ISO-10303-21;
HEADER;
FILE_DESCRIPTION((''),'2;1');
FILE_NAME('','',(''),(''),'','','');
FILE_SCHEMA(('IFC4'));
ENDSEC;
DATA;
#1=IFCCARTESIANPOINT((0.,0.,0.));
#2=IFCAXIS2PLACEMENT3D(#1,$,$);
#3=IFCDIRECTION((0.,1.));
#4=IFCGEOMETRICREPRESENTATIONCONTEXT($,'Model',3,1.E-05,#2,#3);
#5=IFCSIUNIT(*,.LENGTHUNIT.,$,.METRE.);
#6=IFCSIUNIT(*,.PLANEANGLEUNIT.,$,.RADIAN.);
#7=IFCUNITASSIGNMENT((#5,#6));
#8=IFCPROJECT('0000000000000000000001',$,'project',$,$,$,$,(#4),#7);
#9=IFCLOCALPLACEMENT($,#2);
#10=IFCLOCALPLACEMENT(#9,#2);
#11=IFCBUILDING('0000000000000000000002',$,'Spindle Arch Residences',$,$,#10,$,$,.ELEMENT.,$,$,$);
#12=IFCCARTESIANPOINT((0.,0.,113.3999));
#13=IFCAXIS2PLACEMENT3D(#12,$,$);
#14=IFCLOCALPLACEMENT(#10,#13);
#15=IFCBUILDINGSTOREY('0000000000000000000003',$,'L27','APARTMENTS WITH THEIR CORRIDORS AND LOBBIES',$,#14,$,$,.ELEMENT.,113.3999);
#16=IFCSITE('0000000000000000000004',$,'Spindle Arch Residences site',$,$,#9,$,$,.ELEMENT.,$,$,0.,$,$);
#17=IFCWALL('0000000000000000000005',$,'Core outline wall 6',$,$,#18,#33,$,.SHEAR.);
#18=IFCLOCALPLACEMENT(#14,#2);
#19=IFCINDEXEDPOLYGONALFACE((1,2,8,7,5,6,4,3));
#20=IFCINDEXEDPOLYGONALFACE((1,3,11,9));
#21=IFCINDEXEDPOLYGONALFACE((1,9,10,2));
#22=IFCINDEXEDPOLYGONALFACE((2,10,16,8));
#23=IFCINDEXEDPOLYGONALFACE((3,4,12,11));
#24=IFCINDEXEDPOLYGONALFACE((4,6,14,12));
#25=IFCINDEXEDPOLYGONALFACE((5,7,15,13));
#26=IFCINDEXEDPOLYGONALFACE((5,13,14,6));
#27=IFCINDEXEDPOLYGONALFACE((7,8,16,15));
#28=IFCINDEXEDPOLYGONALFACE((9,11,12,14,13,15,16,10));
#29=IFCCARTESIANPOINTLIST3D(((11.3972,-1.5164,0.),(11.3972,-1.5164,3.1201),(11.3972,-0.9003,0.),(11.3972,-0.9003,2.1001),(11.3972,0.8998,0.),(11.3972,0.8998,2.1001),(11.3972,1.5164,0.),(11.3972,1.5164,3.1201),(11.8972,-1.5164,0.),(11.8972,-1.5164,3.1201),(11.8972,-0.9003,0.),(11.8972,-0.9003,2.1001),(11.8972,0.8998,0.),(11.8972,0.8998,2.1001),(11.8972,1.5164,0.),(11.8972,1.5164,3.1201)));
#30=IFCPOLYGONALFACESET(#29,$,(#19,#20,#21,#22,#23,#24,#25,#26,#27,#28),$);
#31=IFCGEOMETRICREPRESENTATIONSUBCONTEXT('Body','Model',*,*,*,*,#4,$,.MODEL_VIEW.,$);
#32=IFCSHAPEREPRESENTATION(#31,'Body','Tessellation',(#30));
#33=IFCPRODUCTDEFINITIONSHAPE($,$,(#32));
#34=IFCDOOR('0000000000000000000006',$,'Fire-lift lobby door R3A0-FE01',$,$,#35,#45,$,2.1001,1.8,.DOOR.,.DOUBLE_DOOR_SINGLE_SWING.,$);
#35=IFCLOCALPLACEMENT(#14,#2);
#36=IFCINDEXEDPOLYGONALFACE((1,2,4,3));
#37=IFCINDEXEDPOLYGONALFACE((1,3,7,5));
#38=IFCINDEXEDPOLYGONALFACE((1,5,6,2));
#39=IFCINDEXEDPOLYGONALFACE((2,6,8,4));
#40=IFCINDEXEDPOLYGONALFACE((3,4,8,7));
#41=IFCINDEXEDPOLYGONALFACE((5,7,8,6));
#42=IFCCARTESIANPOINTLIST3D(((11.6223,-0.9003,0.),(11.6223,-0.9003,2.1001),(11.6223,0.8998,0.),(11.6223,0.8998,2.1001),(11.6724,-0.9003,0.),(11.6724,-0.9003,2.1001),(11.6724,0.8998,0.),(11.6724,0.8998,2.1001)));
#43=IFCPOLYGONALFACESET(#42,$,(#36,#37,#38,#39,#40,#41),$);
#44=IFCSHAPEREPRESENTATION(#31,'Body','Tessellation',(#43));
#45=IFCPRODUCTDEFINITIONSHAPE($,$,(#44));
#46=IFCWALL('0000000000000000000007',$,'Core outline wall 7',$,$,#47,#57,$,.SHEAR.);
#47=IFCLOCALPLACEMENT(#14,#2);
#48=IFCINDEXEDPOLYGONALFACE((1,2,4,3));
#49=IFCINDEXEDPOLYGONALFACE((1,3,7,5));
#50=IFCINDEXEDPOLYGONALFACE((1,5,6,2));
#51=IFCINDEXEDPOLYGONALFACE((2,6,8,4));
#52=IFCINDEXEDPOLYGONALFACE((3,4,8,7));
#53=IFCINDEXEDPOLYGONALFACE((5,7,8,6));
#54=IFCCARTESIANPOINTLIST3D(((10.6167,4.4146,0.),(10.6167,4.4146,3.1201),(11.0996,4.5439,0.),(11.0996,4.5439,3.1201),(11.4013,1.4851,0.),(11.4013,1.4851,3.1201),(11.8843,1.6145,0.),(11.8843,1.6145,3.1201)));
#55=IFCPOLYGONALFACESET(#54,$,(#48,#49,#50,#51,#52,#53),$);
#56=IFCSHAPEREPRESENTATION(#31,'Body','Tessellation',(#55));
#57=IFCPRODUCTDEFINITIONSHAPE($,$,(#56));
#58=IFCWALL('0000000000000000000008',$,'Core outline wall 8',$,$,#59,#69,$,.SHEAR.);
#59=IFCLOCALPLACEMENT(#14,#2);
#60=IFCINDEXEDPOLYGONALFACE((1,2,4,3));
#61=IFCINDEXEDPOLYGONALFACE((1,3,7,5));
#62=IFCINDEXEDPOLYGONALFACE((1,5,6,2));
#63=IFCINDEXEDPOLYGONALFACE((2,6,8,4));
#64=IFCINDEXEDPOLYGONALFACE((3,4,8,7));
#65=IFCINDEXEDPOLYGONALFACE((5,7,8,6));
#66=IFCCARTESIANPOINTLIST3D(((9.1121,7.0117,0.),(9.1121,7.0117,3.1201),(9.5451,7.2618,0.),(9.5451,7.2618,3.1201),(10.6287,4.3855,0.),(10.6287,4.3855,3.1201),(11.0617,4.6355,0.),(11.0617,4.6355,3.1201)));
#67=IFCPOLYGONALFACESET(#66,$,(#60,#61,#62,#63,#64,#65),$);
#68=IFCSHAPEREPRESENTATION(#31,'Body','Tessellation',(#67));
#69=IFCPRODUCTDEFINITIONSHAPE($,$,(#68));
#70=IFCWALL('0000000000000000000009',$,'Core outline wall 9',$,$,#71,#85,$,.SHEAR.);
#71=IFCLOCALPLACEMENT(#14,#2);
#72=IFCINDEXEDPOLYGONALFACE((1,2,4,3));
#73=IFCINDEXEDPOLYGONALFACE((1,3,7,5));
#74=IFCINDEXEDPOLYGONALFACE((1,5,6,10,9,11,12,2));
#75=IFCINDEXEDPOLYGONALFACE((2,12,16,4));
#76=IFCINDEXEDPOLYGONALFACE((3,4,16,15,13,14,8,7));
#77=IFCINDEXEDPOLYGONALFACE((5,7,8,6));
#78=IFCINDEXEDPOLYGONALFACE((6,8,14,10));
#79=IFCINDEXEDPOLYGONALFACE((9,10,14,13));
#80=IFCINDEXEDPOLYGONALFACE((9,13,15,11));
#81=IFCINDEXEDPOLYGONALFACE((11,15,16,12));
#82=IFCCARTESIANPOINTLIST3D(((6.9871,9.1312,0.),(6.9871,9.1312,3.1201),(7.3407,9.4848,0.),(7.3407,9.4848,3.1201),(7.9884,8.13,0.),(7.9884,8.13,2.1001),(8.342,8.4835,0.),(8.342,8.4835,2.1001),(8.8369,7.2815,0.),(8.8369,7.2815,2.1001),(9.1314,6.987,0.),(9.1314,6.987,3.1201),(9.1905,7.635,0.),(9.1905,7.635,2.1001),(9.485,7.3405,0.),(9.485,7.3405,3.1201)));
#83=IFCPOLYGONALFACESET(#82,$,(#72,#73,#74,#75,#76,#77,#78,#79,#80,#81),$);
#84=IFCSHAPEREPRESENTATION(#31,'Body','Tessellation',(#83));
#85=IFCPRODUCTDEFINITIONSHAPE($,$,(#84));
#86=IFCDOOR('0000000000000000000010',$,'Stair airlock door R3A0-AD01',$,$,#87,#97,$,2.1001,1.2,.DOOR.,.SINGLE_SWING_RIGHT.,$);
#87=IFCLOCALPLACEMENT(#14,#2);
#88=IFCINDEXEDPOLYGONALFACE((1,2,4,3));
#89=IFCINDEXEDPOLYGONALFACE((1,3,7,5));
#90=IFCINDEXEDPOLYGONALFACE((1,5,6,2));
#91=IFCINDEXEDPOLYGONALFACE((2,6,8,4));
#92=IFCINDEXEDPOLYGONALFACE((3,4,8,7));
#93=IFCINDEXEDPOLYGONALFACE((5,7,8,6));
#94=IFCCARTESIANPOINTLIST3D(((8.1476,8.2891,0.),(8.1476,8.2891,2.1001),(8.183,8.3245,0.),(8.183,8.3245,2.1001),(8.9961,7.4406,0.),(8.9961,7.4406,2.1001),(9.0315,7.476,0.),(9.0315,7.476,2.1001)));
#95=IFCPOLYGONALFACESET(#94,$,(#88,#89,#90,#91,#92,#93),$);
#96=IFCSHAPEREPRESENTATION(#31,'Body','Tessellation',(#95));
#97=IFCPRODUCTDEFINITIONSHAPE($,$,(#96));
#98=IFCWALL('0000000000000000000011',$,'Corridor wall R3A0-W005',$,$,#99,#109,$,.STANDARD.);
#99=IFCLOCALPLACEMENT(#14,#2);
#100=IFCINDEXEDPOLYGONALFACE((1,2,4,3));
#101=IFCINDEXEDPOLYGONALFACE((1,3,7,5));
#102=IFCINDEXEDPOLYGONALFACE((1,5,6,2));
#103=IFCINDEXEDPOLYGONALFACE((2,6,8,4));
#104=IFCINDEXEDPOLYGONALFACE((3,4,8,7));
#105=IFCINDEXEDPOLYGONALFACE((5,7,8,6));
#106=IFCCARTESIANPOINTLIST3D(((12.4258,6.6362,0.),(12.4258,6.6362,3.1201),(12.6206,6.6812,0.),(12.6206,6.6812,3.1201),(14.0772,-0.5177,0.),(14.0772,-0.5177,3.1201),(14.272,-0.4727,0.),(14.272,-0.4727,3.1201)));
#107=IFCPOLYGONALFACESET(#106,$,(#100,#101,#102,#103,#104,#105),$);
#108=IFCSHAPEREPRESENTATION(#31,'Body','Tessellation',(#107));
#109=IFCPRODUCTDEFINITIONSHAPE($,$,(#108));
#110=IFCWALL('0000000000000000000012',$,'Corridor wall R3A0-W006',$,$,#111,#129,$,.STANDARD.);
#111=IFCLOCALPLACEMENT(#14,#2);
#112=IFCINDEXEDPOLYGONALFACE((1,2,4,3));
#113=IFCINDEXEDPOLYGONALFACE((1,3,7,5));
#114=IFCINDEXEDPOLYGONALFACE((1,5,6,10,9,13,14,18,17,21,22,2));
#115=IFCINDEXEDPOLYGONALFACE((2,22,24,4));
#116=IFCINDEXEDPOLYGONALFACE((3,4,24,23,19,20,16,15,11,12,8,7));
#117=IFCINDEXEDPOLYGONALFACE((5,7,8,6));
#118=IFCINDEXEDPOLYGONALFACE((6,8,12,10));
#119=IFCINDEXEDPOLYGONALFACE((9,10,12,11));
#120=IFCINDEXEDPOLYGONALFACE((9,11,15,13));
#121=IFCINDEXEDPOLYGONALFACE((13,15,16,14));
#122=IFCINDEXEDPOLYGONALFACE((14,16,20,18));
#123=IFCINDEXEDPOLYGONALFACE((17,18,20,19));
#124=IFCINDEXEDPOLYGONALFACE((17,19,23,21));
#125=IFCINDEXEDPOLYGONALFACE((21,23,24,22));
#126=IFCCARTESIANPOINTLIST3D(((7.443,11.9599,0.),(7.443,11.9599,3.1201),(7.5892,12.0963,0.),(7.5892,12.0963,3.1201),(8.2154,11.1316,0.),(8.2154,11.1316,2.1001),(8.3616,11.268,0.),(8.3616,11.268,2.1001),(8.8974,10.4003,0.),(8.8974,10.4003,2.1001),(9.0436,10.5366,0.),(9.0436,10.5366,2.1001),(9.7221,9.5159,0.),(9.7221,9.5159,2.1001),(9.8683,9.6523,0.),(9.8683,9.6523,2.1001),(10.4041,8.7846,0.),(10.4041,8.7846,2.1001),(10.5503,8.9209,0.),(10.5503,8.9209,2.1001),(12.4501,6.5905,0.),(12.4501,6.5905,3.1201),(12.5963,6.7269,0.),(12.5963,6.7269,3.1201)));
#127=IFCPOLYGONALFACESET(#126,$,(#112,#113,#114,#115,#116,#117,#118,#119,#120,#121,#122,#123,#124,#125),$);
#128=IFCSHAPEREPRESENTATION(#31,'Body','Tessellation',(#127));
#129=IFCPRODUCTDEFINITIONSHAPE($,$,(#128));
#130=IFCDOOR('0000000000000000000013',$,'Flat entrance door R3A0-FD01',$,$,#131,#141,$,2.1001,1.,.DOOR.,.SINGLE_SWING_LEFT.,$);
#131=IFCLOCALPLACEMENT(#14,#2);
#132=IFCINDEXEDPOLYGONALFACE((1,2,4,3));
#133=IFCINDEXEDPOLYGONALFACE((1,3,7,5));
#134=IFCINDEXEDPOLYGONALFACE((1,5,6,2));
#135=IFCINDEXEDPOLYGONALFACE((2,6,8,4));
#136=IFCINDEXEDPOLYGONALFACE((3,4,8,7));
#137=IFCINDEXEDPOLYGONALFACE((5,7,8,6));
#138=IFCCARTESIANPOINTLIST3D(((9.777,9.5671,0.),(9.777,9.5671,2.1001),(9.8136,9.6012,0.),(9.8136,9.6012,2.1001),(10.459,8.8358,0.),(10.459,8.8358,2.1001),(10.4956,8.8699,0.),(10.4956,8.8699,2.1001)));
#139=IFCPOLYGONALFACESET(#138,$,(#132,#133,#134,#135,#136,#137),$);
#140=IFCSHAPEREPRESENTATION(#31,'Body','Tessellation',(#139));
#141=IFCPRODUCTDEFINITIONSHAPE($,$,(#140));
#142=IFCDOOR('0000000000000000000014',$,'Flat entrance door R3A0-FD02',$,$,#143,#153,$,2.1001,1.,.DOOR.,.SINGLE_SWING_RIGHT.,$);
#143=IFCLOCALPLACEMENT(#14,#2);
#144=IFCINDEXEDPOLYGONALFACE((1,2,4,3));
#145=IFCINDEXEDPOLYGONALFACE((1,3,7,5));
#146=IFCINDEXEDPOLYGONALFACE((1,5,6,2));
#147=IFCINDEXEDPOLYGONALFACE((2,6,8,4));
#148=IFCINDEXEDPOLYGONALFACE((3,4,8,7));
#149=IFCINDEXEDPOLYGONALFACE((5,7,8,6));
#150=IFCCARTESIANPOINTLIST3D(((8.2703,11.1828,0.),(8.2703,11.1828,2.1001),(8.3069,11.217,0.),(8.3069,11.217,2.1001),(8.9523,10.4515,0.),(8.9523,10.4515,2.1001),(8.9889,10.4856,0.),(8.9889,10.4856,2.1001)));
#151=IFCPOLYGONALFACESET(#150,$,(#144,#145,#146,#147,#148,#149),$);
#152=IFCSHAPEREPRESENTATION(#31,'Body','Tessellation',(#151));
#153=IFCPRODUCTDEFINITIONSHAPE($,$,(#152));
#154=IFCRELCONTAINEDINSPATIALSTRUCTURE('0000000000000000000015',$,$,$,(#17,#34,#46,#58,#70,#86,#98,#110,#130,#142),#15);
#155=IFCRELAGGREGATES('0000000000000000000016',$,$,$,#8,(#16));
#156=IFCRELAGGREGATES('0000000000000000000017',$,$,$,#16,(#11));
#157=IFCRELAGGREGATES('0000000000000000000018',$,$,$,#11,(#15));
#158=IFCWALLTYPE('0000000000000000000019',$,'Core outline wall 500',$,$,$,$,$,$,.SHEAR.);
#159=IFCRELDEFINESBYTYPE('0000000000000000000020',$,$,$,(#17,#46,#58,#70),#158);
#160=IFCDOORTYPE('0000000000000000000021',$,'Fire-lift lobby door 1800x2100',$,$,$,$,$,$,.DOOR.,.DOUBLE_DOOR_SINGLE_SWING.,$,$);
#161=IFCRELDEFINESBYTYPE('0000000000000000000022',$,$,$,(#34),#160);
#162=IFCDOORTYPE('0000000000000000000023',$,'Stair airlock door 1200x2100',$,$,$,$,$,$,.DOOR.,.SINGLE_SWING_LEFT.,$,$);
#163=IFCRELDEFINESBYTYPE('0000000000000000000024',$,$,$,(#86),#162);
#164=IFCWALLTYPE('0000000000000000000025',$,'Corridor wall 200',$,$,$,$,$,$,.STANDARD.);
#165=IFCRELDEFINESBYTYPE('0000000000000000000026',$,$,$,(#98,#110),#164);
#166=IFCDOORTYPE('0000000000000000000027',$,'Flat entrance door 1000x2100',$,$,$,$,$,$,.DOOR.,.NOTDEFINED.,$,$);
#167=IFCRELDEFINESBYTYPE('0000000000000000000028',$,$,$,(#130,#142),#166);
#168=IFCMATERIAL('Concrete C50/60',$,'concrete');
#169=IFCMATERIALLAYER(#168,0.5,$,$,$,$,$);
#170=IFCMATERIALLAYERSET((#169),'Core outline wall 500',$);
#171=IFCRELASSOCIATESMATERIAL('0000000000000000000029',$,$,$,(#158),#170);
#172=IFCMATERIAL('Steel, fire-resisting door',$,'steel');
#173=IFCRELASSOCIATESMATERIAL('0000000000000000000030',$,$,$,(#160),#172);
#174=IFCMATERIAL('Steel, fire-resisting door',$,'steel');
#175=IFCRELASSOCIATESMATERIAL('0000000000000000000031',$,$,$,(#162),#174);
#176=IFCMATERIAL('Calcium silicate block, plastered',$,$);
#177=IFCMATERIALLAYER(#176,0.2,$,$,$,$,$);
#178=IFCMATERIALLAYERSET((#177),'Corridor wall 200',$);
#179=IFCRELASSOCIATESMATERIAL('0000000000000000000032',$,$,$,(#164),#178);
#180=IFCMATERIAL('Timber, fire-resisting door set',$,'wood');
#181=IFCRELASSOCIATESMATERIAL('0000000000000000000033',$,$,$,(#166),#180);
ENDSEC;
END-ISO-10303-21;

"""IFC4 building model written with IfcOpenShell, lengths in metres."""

from ifc_helpers import new_model, si_unit, direction, frame, frame_2d, origin, place, context, subcontext, project, spatial, rectangle, extrude, material, layer, layer_set, type_object, element, fill, save


model = new_model("IFC4")

# Units and contexts
model_context = context("Model", 3, precision=1e-05, world=origin(), true_north=direction((0.0, 1.0)))
body_context = subcontext(model_context, "Body", "Model", "MODEL_VIEW")
ifc_project = project(units=[si_unit("LENGTHUNIT", "METRE"), si_unit("PLANEANGLEUNIT", "RADIAN")], contexts=[model_context])

# Site, building, storey
site_placement = place(None, origin())
site = spatial("IfcSite", under=ifc_project, at=site_placement, Name="Spindle Arch Residences site", CompositionType="ELEMENT", RefElevation=0.0)
building_placement = place(site_placement, origin())
building = spatial("IfcBuilding", under=site, at=building_placement, Name="Spindle Arch Residences", CompositionType="ELEMENT")
storey_placement = place(building_placement, frame((0.0, 0.0, 113.3999)))
storey = spatial("IfcBuildingStorey", under=building, at=storey_placement, Name="L27", Description="APARTMENTS WITH THEIR CORRIDORS AND LOBBIES", CompositionType="ELEMENT", Elevation=113.3999)

# Wall, opening, door
ifc_material_1 = material(Name="Concrete C50/60", Category="concrete")
ifc_layer_1 = layer(ifc_material_1, 0.5)
ifc_layer_set_1 = layer_set([ifc_layer_1], Name="Core outline wall 500")
wall_type_1 = type_object("IfcWallType", Name="Core outline wall 500", PredefinedType="SHEAR", material=ifc_layer_set_1)
wall_1_placement = place(storey_placement, frame((11.6472, -1.5164, 0.0), z_axis=(0.0, 0.0, 1.0), x_axis=(0.0, 1.0, 0.0)))
wall_1 = element("IfcWall", 1, at=wall_1_placement, inside=storey, type_object=wall_type_1, Name="Core outline wall 6", PredefinedType="SHEAR", context=body_context, shape_type="SweptSolid", body=[
    extrude(rectangle(XDim=3.0327, YDim=0.5, at=frame_2d((1.5164, 0.0))), origin(), (0.0, 0.0, 1.0), 3.1201),
])
opening_1_placement = place(wall_1_placement, frame((0.6162, 0.0, 0.0)))
opening_1 = element("IfcOpeningElement", 2, at=opening_1_placement, cuts=wall_1, PredefinedType="OPENING", context=body_context, shape_type="SweptSolid", body=[
    extrude(rectangle(XDim=1.8, YDim=2.1001, at=frame_2d((0.8999, 1.05))), frame((0.0, 0.26, 0.0), z_axis=(0.0, -1.0, 0.0), x_axis=(1.0, 0.0, 0.0)), (0.0, 0.0, 1.0), 0.52),
])
ifc_material_2 = material(Name="Steel, fire-resisting door", Category="steel")
door_type_1 = type_object("IfcDoorType", Name="Fire-lift lobby door 1800x2100", OperationType="DOUBLE_DOOR_SINGLE_SWING", PredefinedType="DOOR", material=ifc_material_2)
door_1_placement = place(opening_1_placement, origin())
door_1 = element("IfcDoor", 3, at=door_1_placement, inside=storey, type_object=door_type_1, Name="Fire-lift lobby door R3A0-FE01", OperationType="DOUBLE_DOOR_SINGLE_SWING", OverallHeight=2.1001, OverallWidth=1.8, PredefinedType="DOOR", context=body_context, shape_type="SweptSolid", body=[
    extrude(rectangle(XDim=1.8, YDim=2.1001, at=frame_2d((0.8999, 1.05))), frame((0.0, 0.0249, 0.0), z_axis=(0.0, -1.0, 0.0), x_axis=(1.0, 0.0, 0.0)), (0.0, 0.0, 1.0), 0.05),
])
fill(opening_1, door_1)

# Walls
for number, where, z_axis, x_axis, name in (
    (4, (11.6428, 1.5498, 0.0), (0.0, 0.0, 1.0), (-0.258735, 0.965948, 0.0), "Core outline wall 7"),
    (5, (10.8452, 4.5105, 0.0), (0.0, 0.0, 1.0), (-0.500087, 0.865975, 0.0), "Core outline wall 8"),
):
    element("IfcWall", number, at=place(storey_placement, frame(where, z_axis=z_axis, x_axis=x_axis)), inside=storey, type_object=wall_type_1, Name=name, PredefinedType="SHEAR", context=body_context, shape_type="SweptSolid", body=[
        extrude(rectangle(XDim=3.0327, YDim=0.5, at=frame_2d((1.5164, 0.0))), origin(), (0.0, 0.0, 1.0), 3.1201),
    ])

# Wall, opening, door
wall_2_placement = place(storey_placement, frame((9.3081, 7.1638, 0.0), z_axis=(0.0, 0.0, 1.0), x_axis=(-0.707107, 0.707107, 0.0)))
wall_2 = element("IfcWall", 6, at=wall_2_placement, inside=storey, type_object=wall_type_1, Name="Core outline wall 9", PredefinedType="SHEAR", context=body_context, shape_type="SweptSolid", body=[
    extrude(rectangle(XDim=3.0325, YDim=0.5, at=frame_2d((1.5161, 0.0))), origin(), (0.0, 0.0, 1.0), 3.1201),
])
opening_2_placement = place(wall_2_placement, frame((0.4163, 0.0, 0.0)))
opening_2 = element("IfcOpeningElement", 7, at=opening_2_placement, cuts=wall_2, PredefinedType="OPENING", context=body_context, shape_type="SweptSolid", body=[
    extrude(rectangle(XDim=1.2, YDim=2.1001, at=frame_2d((0.6001, 1.05))), frame((0.0, 0.26, 0.0), z_axis=(0.0, -1.0, 0.0), x_axis=(1.0, 0.0, 0.0)), (0.0, 0.0, 1.0), 0.52),
])
ifc_material_3 = material(Name="Steel, fire-resisting door", Category="steel")
door_type_2 = type_object("IfcDoorType", Name="Stair airlock door 1200x2100", OperationType="SINGLE_SWING_LEFT", PredefinedType="DOOR", material=ifc_material_3)
door_2_placement = place(opening_2_placement, origin())
door_2 = element("IfcDoor", 8, at=door_2_placement, inside=storey, type_object=door_type_2, Name="Stair airlock door R3A0-AD01", OperationType="SINGLE_SWING_RIGHT", OverallHeight=2.1001, OverallWidth=1.2, PredefinedType="DOOR", context=body_context, shape_type="SweptSolid", body=[
    extrude(rectangle(XDim=1.2, YDim=2.1001, at=frame_2d((0.6001, 1.05))), frame((0.0, 0.0249, 0.0), z_axis=(0.0, -1.0, 0.0), x_axis=(1.0, 0.0, 0.0)), (0.0, 0.0, 1.0), 0.05),
])
fill(opening_2, door_2)

# Wall
ifc_material_4 = material(Name="Calcium silicate block, plastered")
ifc_layer_2 = layer(ifc_material_4, 0.2)
ifc_layer_set_2 = layer_set([ifc_layer_2], Name="Corridor wall 200")
wall_type_2 = type_object("IfcWallType", Name="Corridor wall 200", PredefinedType="STANDARD", material=ifc_layer_set_2)
wall_3_placement = place(storey_placement, frame((14.1746, -0.4951, 0.0), z_axis=(0.0, 0.0, 1.0), x_axis=(-0.224923, 0.974377, 0.0)))
element("IfcWall", 9, at=wall_3_placement, inside=storey, type_object=wall_type_2, Name="Corridor wall R3A0-W005", PredefinedType="STANDARD", context=body_context, shape_type="SweptSolid", body=[
    extrude(rectangle(XDim=7.342, YDim=0.2, at=frame_2d((3.6709, 0.0))), origin(), (0.0, 0.0, 1.0), 3.1201),
])

# Wall, openings, doors
wall_4_placement = place(storey_placement, frame((12.5232, 6.6587, 0.0), z_axis=(0.0, 0.0, 1.0), x_axis=(-0.682002, 0.73135, 0.0)))
wall_4 = element("IfcWall", 10, at=wall_4_placement, inside=storey, type_object=wall_type_2, Name="Corridor wall R3A0-W006", PredefinedType="STANDARD", context=body_context, shape_type="SweptSolid", body=[
    extrude(rectangle(XDim=7.3418, YDim=0.2, at=frame_2d((3.6709, 0.0))), origin(), (0.0, 0.0, 1.0), 3.1201),
])
opening_3_placement = place(wall_4_placement, frame((3.0, 0.0, 0.0)))
opening_3 = element("IfcOpeningElement", 11, at=opening_3_placement, cuts=wall_4, PredefinedType="OPENING", context=body_context, shape_type="SweptSolid", body=[
    extrude(rectangle(XDim=1.0, YDim=2.1001, at=frame_2d((0.5, 1.05))), frame((0.0, 0.1099, 0.0), z_axis=(0.0, -1.0, 0.0), x_axis=(1.0, 0.0, 0.0)), (0.0, 0.0, 1.0), 0.22),
])
opening_4_placement = place(wall_4_placement, frame((5.2092, 0.0, 0.0)))
opening_4 = element("IfcOpeningElement", 12, at=opening_4_placement, cuts=wall_4, PredefinedType="OPENING", context=body_context, shape_type="SweptSolid", body=[
    extrude(rectangle(XDim=1.0, YDim=2.1001, at=frame_2d((0.5, 1.05))), frame((0.0, 0.1099, 0.0), z_axis=(0.0, -1.0, 0.0), x_axis=(1.0, 0.0, 0.0)), (0.0, 0.0, 1.0), 0.22),
])
ifc_material_5 = material(Name="Timber, fire-resisting door set", Category="wood")
door_type_3 = type_object("IfcDoorType", Name="Flat entrance door 1000x2100", OperationType="NOTDEFINED", PredefinedType="DOOR", material=ifc_material_5)
door_3_placement = place(opening_3_placement, origin())
door_3 = element("IfcDoor", 13, at=door_3_placement, inside=storey, type_object=door_type_3, Name="Flat entrance door R3A0-FD01", OperationType="SINGLE_SWING_LEFT", OverallHeight=2.1001, OverallWidth=1.0, PredefinedType="DOOR", context=body_context, shape_type="SweptSolid", body=[
    extrude(rectangle(XDim=1.0, YDim=2.1001, at=frame_2d((0.5, 1.05))), frame((0.0, 0.0249, 0.0), z_axis=(0.0, -1.0, 0.0), x_axis=(1.0, 0.0, 0.0)), (0.0, 0.0, 1.0), 0.05),
])
fill(opening_3, door_3)
door_4_placement = place(opening_4_placement, origin())
door_4 = element("IfcDoor", 14, at=door_4_placement, inside=storey, type_object=door_type_3, Name="Flat entrance door R3A0-FD02", OperationType="SINGLE_SWING_RIGHT", OverallHeight=2.1001, OverallWidth=1.0, PredefinedType="DOOR", context=body_context, shape_type="SweptSolid", body=[
    extrude(rectangle(XDim=1.0, YDim=2.1001, at=frame_2d((0.5, 1.05))), frame((0.0, 0.0249, 0.0), z_axis=(0.0, -1.0, 0.0), x_axis=(1.0, 0.0, 0.0)), (0.0, 0.0, 1.0), 0.05),
])
fill(opening_4, door_4)

save(model, "model.ifc")
